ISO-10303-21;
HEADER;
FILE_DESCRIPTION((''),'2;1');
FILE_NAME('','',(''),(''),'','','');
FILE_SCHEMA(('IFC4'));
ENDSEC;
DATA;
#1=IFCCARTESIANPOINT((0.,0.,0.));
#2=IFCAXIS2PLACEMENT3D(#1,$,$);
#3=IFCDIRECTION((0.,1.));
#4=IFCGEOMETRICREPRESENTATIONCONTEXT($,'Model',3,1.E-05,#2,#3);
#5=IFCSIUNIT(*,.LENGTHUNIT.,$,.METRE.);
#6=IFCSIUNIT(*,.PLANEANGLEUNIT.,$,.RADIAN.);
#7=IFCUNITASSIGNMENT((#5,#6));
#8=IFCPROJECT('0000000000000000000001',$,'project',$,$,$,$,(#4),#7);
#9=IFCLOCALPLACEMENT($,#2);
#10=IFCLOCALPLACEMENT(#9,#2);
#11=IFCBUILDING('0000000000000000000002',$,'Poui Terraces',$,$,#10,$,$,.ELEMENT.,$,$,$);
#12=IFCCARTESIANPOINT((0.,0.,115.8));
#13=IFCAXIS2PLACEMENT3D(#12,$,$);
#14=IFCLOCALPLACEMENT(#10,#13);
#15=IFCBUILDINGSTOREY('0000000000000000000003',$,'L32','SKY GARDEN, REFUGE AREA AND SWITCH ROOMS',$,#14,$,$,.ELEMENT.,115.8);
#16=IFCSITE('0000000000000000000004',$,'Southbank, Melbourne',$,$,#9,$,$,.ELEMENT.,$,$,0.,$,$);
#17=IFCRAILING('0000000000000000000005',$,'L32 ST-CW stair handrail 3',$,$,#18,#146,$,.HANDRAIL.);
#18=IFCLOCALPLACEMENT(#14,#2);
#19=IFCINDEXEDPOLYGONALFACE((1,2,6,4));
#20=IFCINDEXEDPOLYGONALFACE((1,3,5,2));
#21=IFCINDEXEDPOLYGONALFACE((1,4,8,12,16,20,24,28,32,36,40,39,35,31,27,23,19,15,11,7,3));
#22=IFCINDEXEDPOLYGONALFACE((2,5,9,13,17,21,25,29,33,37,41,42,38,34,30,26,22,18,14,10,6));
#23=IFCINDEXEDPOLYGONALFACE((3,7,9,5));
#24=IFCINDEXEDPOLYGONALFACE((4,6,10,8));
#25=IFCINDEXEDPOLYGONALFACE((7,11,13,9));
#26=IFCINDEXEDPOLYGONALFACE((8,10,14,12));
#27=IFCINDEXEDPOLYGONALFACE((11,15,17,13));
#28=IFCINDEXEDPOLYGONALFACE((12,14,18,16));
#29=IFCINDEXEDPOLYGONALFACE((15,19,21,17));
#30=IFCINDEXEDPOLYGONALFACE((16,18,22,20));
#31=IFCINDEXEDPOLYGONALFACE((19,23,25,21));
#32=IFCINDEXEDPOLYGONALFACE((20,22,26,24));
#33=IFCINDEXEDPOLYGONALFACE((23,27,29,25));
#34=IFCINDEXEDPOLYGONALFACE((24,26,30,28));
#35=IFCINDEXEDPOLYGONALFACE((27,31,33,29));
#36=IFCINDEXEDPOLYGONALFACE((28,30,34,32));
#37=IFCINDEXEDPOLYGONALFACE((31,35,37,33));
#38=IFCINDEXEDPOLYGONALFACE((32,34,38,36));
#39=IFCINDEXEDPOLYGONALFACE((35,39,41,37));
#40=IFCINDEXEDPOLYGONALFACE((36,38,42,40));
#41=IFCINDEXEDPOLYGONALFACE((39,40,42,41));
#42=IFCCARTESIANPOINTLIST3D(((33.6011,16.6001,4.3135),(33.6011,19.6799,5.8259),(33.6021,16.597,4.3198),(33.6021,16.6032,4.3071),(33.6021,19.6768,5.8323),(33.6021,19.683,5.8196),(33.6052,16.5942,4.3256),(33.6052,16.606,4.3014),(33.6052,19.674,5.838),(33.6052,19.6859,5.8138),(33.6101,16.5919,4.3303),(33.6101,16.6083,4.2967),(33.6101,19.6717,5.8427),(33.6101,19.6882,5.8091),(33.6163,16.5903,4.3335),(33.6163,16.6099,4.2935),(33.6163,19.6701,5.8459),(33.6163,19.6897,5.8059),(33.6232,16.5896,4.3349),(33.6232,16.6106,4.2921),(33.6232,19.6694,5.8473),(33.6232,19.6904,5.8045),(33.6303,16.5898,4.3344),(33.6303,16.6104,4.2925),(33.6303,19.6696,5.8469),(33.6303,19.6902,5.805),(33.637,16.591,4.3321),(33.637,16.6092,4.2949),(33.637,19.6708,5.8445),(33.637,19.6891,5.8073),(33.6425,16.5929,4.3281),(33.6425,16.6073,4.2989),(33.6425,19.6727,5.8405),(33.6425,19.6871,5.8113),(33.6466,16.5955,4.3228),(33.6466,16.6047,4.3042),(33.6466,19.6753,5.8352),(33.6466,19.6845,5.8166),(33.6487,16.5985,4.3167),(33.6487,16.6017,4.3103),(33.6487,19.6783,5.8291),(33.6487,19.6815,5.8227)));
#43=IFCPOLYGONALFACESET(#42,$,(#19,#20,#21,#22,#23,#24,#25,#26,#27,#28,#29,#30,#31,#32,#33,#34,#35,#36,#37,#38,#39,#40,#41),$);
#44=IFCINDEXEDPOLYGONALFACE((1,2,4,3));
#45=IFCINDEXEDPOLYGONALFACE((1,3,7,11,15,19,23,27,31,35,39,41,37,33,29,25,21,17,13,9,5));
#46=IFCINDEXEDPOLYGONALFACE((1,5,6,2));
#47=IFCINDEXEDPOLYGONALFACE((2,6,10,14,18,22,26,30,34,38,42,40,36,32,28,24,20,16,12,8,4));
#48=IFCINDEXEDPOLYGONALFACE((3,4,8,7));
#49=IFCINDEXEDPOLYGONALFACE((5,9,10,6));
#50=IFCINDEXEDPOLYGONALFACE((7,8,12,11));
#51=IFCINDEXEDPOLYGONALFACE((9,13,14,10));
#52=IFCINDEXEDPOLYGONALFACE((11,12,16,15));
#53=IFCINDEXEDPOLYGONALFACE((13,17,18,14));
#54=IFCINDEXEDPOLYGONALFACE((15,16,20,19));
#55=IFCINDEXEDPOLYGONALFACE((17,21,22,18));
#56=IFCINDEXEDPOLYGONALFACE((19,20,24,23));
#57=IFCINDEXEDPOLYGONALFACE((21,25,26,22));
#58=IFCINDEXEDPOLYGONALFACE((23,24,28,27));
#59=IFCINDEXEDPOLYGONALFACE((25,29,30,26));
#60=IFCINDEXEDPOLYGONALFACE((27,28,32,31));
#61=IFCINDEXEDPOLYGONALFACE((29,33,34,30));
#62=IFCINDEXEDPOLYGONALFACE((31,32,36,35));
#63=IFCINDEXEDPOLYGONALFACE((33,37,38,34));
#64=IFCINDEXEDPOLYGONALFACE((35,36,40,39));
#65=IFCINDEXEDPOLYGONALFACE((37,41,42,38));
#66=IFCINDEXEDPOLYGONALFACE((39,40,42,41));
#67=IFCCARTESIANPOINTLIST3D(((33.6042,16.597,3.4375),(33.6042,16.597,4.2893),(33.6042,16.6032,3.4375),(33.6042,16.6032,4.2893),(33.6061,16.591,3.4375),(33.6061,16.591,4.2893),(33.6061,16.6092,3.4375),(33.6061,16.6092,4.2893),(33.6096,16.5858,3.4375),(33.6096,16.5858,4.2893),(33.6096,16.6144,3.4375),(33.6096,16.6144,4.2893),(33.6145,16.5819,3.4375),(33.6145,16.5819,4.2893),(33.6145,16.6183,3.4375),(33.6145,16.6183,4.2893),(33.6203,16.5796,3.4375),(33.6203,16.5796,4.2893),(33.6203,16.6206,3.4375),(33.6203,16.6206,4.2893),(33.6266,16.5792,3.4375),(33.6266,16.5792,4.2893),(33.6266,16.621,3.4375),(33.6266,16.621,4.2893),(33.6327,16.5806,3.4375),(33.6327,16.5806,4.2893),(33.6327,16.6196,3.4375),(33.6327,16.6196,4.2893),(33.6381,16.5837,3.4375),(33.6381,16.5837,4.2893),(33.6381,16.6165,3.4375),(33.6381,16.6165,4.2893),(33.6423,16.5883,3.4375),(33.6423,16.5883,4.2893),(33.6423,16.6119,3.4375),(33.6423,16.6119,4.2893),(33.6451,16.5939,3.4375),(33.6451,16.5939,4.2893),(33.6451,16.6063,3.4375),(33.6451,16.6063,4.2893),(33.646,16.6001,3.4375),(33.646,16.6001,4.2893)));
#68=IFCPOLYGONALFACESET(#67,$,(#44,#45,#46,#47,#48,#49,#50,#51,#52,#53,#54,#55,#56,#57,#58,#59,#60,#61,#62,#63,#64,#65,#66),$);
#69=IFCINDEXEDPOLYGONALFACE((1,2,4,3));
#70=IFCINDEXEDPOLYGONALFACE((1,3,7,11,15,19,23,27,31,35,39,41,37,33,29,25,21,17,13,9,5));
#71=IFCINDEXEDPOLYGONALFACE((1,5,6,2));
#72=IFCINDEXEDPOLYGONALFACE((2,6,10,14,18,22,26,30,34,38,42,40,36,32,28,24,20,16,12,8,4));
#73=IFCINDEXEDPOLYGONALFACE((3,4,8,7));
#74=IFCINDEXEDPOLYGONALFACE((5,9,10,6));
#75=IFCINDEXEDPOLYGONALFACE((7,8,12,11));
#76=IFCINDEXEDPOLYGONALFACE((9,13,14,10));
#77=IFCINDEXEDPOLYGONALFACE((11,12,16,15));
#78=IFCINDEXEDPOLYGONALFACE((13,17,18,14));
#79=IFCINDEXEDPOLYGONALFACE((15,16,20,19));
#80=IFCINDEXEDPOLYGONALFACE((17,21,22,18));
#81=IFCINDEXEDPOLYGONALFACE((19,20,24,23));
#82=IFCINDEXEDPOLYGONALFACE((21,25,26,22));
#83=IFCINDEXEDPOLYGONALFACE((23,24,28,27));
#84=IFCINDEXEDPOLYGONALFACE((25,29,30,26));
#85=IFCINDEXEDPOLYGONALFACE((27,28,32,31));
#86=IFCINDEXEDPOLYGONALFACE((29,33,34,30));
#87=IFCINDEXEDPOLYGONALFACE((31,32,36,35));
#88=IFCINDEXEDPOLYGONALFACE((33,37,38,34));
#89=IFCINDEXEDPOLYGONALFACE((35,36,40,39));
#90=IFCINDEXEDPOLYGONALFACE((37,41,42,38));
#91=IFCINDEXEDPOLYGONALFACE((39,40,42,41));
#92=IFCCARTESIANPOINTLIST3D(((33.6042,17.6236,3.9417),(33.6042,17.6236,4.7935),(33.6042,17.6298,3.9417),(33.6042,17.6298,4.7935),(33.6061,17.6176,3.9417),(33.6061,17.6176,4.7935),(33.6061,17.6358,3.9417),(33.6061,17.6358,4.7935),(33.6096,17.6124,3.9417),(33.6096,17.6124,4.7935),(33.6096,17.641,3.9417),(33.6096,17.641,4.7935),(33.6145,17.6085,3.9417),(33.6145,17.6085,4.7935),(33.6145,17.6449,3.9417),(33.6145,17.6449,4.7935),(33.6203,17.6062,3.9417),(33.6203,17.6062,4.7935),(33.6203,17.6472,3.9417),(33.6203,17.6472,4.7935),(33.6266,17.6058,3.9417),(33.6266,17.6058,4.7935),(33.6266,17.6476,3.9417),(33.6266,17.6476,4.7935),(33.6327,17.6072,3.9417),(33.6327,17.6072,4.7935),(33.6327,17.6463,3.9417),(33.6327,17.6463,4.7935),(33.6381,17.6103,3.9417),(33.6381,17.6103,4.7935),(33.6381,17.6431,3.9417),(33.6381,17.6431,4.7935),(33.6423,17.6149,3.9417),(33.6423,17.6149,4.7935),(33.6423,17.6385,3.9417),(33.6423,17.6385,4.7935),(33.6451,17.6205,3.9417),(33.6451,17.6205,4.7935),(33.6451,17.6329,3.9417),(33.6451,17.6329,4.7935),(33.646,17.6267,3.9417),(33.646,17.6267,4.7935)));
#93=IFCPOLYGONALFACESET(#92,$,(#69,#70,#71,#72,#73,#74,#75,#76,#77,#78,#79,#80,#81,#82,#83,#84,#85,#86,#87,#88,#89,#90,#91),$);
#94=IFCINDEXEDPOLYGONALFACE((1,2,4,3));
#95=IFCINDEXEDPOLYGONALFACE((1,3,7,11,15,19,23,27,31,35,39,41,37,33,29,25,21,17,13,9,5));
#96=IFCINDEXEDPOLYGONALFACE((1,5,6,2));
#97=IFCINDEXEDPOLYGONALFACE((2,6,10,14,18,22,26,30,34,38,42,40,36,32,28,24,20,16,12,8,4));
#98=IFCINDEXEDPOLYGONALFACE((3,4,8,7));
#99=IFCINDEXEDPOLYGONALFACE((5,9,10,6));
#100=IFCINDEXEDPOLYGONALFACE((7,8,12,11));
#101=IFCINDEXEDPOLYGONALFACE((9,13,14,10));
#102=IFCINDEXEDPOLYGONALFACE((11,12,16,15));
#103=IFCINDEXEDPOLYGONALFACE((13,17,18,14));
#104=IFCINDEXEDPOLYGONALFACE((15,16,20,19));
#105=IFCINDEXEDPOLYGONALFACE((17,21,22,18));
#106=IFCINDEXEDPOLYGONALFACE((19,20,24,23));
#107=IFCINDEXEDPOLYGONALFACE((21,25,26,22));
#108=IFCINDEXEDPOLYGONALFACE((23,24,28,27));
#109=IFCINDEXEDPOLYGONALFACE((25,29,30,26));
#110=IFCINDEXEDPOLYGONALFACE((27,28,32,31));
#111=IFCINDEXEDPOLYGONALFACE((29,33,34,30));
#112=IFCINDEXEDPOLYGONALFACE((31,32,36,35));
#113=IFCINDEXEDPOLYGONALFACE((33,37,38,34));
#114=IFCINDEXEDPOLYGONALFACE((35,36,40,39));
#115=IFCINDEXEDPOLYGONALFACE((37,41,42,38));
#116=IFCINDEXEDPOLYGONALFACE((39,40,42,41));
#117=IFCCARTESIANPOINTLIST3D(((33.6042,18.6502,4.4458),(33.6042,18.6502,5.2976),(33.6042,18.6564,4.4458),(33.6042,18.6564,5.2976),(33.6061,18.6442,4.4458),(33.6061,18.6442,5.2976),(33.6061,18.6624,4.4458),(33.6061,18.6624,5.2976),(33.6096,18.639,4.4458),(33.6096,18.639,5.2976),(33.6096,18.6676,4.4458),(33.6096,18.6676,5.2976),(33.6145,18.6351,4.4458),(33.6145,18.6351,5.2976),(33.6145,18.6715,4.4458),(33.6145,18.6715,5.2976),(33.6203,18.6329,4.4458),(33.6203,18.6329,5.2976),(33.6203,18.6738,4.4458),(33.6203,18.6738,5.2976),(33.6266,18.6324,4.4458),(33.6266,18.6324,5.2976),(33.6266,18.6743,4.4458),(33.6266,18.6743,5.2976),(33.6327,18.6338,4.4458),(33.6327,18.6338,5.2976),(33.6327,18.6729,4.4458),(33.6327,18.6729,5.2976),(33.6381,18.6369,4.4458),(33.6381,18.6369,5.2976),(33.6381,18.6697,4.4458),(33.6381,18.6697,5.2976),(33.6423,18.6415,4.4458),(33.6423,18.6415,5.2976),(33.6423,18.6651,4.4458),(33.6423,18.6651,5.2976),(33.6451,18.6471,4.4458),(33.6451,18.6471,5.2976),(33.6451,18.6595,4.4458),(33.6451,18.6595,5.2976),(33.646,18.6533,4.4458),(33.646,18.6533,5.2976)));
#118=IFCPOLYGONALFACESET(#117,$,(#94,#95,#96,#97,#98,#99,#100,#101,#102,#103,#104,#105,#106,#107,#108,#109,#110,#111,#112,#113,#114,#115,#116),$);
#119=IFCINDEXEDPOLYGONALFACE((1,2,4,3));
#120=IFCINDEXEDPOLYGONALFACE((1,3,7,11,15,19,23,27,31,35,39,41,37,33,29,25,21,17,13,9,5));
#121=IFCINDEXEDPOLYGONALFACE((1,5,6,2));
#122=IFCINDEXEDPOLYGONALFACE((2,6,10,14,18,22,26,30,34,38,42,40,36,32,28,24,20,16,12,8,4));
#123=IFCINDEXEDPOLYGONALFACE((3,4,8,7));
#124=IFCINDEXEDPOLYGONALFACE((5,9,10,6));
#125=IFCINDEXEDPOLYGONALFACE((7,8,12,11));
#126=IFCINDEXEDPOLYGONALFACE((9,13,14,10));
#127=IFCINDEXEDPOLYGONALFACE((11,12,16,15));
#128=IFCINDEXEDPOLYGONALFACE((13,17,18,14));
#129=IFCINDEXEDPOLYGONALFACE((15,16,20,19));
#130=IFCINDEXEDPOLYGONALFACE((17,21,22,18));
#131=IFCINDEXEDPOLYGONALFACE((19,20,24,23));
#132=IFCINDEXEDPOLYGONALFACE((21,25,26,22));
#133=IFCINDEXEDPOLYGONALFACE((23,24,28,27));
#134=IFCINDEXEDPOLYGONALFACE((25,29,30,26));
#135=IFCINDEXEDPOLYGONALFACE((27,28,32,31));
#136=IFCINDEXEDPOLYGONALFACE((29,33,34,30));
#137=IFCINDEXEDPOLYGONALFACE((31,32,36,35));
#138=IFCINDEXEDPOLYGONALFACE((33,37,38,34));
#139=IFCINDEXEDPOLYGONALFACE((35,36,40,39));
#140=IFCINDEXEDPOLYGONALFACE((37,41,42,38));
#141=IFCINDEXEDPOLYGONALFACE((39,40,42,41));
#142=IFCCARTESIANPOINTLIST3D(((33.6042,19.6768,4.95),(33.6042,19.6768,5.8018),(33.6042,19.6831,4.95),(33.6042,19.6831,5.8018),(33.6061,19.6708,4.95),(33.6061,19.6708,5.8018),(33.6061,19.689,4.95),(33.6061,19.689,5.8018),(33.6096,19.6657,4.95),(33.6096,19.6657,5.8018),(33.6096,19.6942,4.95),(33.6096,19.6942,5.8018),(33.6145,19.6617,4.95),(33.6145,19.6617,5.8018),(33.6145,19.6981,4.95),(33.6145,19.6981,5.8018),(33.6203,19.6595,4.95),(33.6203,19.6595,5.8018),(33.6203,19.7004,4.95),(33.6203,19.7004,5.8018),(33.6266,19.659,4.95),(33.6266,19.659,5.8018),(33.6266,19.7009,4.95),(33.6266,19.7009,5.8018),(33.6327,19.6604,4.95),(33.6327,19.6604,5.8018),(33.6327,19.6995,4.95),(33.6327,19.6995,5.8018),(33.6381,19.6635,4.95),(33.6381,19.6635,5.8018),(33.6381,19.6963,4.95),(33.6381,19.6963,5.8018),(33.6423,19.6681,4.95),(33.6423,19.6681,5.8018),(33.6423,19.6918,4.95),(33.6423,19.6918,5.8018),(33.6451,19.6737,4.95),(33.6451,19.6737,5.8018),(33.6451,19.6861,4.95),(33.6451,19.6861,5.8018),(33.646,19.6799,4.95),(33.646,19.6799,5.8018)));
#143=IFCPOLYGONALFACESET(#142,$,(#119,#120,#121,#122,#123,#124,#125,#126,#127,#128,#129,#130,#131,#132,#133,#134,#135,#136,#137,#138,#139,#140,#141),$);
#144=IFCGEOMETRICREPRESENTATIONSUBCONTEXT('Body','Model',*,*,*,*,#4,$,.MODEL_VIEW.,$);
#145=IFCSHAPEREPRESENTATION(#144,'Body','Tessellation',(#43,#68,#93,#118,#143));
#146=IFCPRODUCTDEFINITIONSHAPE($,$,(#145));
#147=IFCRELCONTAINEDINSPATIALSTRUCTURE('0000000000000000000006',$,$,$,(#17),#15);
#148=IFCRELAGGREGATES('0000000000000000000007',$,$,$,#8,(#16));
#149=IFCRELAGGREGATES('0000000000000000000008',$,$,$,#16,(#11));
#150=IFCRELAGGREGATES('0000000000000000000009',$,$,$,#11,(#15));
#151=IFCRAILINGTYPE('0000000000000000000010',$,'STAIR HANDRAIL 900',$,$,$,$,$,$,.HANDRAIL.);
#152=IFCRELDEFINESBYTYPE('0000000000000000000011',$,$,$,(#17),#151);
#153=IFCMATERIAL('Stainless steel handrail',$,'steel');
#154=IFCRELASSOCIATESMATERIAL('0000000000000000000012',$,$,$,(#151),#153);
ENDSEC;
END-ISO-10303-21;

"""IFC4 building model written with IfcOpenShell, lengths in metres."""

from ifc_helpers import new_model, si_unit, direction, frame, origin, origin_2d, place, context, subcontext, project, spatial, circle, extrude, material, type_object, element, save


model = new_model("IFC4")

# Units and contexts
model_context = context("Model", 3, precision=1e-05, world=origin(), true_north=direction((0.0, 1.0)))
body_context = subcontext(model_context, "Body", "Model", "MODEL_VIEW")
ifc_project = project(units=[si_unit("LENGTHUNIT", "METRE"), si_unit("PLANEANGLEUNIT", "RADIAN")], contexts=[model_context])

# Site, building, storey
site_placement = place(None, origin())
site = spatial("IfcSite", under=ifc_project, at=site_placement, Name="Southbank, Melbourne", CompositionType="ELEMENT", RefElevation=0.0)
building_placement = place(site_placement, origin())
building = spatial("IfcBuilding", under=site, at=building_placement, Name="Poui Terraces", CompositionType="ELEMENT")
storey_placement = place(building_placement, frame((0.0, 0.0, 115.8)))
storey = spatial("IfcBuildingStorey", under=building, at=storey_placement, Name="L32", Description="SKY GARDEN, REFUGE AREA AND SWITCH ROOMS", CompositionType="ELEMENT", Elevation=115.8)

# Railing
ifc_material_1 = material(Name="Stainless steel handrail", Category="steel")
railing_type = type_object("IfcRailingType", Name="STAIR HANDRAIL 900", PredefinedType="HANDRAIL", material=ifc_material_1)
for number, where, name in (
    (1, (33.625, 16.6001, 3.4375), "L32 ST-CW stair handrail 3"),
):
    element("IfcRailing", number, at=place(storey_placement, frame(where)), inside=storey, type_object=railing_type, Name=name, PredefinedType="HANDRAIL", context=body_context, shape_type="SweptSolid", body=[
        extrude(circle(Radius=0.0239, at=origin_2d()), frame((0.0, 0.0, 0.876), z_axis=(0.0, 0.897606, 0.440798), x_axis=(-1.0, 0.0, 0.0)), (0.0, 0.0, 1.0), 3.4312),
        extrude(circle(Radius=0.021, at=origin_2d()), origin(), (0.0, 0.0, 1.0), 0.8518),
        extrude(circle(Radius=0.021, at=origin_2d()), frame((0.0, 1.0266, 0.5042)), (0.0, 0.0, 1.0), 0.8518),
        extrude(circle(Radius=0.021, at=origin_2d()), frame((0.0, 2.0532, 1.0083)), (0.0, 0.0, 1.0), 0.8518),
        extrude(circle(Radius=0.021, at=origin_2d()), frame((0.0, 3.0798, 1.5125)), (0.0, 0.0, 1.0), 0.8518),
    ])

save(model, "model.ifc")
